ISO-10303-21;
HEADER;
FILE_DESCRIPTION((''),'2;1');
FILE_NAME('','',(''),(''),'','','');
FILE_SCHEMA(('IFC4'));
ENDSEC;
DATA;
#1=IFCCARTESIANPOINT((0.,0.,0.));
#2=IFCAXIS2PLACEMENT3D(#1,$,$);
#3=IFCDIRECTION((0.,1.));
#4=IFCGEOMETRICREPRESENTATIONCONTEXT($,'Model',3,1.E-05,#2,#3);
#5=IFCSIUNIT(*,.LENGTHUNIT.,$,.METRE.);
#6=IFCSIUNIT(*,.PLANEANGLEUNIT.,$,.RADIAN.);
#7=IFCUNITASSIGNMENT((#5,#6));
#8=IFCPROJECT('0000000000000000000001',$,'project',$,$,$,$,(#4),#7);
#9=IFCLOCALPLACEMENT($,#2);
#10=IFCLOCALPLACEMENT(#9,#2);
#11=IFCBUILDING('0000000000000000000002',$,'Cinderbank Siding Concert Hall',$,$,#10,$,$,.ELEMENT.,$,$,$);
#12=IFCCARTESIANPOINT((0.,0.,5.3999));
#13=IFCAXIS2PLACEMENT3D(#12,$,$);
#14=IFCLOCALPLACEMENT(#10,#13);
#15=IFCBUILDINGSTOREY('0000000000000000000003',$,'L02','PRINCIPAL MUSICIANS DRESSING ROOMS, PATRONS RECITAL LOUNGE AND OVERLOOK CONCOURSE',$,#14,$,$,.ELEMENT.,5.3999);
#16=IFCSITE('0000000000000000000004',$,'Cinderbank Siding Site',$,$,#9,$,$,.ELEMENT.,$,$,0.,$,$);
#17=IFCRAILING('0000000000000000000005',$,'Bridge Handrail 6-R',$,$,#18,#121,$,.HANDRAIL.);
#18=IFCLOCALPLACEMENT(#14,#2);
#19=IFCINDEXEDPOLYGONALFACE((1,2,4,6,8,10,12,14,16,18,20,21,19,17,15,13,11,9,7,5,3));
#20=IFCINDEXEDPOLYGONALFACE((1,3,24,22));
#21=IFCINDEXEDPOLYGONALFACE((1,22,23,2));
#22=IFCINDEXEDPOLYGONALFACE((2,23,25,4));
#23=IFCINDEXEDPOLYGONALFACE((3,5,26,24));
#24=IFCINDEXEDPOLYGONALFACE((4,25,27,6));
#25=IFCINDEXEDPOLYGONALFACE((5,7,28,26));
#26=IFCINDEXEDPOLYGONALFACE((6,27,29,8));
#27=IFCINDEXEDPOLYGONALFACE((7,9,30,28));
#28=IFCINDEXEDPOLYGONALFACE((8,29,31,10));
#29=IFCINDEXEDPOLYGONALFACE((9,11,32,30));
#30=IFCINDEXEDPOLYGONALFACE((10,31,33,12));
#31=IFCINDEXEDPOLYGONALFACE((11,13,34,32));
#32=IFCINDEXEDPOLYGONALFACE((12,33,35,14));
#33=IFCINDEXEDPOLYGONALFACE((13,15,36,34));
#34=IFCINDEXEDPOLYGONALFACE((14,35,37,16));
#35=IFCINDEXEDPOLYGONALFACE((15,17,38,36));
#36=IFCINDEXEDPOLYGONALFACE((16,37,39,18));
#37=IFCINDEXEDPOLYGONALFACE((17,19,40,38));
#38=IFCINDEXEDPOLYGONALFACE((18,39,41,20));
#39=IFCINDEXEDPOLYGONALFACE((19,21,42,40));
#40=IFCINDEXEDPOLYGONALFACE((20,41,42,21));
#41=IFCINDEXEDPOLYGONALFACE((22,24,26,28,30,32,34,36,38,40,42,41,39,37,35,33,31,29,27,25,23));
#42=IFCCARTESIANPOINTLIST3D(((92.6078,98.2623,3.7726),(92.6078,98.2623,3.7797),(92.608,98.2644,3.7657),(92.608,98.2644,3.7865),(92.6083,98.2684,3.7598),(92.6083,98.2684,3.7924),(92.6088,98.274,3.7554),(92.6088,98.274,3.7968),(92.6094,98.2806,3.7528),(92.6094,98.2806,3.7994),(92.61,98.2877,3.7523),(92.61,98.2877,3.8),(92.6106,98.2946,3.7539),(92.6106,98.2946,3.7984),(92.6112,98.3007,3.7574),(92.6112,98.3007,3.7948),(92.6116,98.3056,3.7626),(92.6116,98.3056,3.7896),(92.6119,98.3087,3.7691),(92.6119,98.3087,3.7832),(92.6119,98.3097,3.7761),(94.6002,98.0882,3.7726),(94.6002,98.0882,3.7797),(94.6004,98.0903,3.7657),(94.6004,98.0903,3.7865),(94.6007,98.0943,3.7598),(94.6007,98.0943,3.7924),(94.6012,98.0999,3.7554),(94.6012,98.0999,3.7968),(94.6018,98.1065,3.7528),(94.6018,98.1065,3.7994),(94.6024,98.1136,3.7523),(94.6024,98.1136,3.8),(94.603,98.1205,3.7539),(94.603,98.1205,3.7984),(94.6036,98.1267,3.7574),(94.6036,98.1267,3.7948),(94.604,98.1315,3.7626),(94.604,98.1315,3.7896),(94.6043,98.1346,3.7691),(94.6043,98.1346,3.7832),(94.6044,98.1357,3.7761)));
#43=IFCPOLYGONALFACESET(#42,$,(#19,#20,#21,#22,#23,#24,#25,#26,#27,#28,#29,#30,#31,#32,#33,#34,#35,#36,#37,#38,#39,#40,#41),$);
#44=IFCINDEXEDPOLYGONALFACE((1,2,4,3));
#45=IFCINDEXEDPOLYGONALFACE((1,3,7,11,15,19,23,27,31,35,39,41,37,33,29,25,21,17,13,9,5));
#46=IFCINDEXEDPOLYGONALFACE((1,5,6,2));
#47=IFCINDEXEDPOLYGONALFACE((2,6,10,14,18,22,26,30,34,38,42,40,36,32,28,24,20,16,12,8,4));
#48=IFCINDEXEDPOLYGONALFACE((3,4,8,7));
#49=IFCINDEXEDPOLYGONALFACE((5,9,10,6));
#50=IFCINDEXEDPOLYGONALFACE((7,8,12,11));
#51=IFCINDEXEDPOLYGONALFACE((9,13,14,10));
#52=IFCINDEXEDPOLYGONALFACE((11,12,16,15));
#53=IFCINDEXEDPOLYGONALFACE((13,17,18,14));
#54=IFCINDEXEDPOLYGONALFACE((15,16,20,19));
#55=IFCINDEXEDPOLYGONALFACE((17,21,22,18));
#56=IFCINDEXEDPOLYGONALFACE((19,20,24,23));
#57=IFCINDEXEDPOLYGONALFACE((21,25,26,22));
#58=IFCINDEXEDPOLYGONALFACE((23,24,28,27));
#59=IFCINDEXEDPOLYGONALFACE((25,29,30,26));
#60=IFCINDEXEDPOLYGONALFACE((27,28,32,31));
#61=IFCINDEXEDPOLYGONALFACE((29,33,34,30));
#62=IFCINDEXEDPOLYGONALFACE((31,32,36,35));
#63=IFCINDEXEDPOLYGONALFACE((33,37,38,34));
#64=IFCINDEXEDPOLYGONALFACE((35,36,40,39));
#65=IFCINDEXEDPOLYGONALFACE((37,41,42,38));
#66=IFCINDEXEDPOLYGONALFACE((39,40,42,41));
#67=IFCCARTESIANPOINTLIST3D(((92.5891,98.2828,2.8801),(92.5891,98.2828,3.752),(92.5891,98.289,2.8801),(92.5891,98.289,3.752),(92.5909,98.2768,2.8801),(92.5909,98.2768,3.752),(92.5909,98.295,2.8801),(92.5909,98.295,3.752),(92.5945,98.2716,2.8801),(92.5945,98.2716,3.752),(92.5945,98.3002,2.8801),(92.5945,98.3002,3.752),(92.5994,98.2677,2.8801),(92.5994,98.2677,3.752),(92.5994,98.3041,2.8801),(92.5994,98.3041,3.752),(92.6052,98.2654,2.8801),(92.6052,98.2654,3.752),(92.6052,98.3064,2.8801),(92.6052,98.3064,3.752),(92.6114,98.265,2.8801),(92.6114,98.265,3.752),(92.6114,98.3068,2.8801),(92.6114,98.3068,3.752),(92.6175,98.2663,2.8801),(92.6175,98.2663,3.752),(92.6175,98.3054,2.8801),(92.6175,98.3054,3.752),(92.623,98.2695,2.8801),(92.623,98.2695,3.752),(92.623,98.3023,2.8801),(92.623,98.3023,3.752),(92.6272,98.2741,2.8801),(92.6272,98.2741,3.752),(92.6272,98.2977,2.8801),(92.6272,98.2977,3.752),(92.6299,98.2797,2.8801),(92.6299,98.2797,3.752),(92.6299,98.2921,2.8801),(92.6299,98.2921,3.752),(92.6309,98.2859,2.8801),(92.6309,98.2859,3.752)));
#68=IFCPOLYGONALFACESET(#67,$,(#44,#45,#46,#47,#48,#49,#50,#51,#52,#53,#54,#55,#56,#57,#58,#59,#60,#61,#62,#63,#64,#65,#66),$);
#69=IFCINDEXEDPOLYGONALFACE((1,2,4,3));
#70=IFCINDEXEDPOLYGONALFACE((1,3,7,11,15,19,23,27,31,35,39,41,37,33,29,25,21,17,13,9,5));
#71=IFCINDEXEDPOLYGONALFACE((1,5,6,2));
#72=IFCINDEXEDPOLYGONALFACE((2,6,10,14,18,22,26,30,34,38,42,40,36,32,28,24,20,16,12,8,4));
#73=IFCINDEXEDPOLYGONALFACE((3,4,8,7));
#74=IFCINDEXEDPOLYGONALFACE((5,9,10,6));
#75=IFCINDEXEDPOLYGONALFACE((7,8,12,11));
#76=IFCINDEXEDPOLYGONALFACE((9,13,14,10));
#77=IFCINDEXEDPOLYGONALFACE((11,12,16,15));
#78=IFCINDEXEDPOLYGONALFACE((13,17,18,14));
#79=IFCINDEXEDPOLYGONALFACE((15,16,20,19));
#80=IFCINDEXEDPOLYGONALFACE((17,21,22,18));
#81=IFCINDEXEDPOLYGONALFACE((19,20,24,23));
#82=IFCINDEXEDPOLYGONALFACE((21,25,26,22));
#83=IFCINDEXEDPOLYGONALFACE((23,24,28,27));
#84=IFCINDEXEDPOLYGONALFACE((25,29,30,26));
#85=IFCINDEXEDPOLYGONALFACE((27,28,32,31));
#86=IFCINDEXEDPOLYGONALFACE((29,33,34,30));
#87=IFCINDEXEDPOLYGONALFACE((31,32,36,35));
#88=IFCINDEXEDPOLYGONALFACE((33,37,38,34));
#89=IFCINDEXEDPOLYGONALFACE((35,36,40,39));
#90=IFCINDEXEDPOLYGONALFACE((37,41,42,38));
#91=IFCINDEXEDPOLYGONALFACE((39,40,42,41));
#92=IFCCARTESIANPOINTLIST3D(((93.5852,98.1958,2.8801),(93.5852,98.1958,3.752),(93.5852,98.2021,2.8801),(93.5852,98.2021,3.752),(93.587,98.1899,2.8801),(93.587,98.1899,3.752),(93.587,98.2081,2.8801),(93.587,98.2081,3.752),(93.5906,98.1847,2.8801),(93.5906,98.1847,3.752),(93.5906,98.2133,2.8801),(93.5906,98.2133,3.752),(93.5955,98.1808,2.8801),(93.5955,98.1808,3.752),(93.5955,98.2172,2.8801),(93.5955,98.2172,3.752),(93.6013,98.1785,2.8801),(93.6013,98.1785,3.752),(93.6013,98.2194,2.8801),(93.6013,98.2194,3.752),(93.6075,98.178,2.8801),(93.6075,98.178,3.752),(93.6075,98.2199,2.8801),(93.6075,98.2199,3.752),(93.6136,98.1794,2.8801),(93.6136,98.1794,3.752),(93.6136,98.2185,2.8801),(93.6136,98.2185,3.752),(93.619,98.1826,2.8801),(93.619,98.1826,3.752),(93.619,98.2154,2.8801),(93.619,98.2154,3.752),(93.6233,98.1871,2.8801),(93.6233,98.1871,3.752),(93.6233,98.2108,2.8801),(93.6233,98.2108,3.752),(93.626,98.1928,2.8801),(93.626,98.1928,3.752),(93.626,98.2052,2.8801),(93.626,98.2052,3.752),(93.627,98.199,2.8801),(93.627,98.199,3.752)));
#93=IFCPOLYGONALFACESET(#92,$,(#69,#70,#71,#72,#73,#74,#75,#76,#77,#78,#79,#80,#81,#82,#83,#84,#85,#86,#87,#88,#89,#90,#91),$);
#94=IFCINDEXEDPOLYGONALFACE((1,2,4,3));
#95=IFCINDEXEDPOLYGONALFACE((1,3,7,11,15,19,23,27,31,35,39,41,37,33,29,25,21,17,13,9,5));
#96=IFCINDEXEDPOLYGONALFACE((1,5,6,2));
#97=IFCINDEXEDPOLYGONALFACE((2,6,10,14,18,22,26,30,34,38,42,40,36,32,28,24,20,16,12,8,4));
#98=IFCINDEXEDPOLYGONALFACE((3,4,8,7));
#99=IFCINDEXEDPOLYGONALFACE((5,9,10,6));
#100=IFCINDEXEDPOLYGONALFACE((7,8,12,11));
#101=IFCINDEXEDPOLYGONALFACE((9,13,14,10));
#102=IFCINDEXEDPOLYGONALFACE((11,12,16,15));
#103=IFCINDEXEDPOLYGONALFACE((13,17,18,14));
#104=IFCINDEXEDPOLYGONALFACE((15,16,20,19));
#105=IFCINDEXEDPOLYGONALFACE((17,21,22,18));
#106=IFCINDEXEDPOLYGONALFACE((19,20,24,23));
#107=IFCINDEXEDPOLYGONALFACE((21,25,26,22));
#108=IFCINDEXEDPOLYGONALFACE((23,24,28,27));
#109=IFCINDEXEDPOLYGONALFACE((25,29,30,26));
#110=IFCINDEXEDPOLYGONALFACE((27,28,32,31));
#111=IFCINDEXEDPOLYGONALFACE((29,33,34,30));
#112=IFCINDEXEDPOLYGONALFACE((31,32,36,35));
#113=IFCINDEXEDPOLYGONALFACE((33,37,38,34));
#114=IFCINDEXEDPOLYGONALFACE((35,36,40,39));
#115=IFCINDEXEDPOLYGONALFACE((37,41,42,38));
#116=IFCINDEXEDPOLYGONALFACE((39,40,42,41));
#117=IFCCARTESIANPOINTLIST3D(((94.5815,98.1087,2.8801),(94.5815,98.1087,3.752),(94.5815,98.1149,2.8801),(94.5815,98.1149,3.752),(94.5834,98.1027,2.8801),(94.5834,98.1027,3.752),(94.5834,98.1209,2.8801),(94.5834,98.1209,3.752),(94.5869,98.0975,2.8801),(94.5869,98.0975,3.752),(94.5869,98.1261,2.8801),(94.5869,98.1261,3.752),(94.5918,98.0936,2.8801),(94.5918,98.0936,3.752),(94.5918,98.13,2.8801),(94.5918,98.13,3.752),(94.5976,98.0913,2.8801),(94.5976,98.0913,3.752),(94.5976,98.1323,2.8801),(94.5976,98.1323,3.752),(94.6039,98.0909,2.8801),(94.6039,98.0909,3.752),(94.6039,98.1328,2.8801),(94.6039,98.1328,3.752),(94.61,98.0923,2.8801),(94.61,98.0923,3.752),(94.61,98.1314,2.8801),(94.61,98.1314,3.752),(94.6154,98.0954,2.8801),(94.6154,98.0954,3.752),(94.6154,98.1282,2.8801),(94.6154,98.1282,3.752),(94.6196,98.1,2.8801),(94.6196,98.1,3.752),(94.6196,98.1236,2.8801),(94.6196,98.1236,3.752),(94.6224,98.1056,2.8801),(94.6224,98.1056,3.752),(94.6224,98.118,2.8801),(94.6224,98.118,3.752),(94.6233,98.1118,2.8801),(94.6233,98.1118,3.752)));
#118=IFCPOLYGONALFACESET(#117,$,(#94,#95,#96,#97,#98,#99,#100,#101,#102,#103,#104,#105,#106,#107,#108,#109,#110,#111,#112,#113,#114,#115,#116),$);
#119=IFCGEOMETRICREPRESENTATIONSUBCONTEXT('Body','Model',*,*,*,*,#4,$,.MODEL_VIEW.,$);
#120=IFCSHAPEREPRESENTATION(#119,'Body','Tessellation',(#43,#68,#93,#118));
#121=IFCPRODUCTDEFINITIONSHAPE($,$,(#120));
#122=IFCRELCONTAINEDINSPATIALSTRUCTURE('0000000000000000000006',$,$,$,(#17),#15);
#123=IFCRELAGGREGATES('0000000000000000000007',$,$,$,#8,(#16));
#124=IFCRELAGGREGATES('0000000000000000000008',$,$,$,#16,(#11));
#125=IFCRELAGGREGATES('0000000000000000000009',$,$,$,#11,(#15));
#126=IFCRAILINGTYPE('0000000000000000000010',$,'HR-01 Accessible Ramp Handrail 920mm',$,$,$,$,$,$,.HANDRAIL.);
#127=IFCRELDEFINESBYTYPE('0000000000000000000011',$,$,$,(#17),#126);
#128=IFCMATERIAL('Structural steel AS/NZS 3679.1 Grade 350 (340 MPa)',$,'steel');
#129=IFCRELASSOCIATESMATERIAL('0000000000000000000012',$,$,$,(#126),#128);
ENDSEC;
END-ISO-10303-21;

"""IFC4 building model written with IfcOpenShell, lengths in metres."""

from ifc_helpers import new_model, si_unit, direction, frame, origin, origin_2d, place, context, subcontext, project, spatial, circle, extrude, material, type_object, element, save


model = new_model("IFC4")

# Units and contexts
model_context = context("Model", 3, precision=1e-05, world=origin(), true_north=direction((0.0, 1.0)))
body_context = subcontext(model_context, "Body", "Model", "MODEL_VIEW")
ifc_project = project(units=[si_unit("LENGTHUNIT", "METRE"), si_unit("PLANEANGLEUNIT", "RADIAN")], contexts=[model_context])

# Site, building, storey
site_placement = place(None, origin())
site = spatial("IfcSite", under=ifc_project, at=site_placement, Name="Cinderbank Siding Site", CompositionType="ELEMENT", RefElevation=0.0)
building_placement = place(site_placement, origin())
building = spatial("IfcBuilding", under=site, at=building_placement, Name="Cinderbank Siding Concert Hall", CompositionType="ELEMENT")
storey_placement = place(building_placement, frame((0.0, 0.0, 5.3999)))
storey = spatial("IfcBuildingStorey", under=building, at=storey_placement, Name="L02", Description="PRINCIPAL MUSICIANS DRESSING ROOMS, PATRONS RECITAL LOUNGE AND OVERLOOK CONCOURSE", CompositionType="ELEMENT", Elevation=5.3999)

# Shared definitions
ifc_material_1 = material(Name="Structural steel AS/NZS 3679.1 Grade 350 (340 MPa)", Category="steel")

# Railing
railing_type_1 = type_object("IfcRailingType", Name="HR-01 Accessible Ramp Handrail 920mm", PredefinedType="HANDRAIL", material=ifc_material_1)
railing_1_placement = place(storey_placement, frame((92.6099, 98.2859, 2.8801)))
element("IfcRailing", 1, at=railing_1_placement, inside=storey, type_object=railing_type_1, Name="Bridge Handrail 6-R", PredefinedType="HANDRAIL", context=body_context, shape_type="SweptSolid", body=[
    extrude(circle(Radius=0.0239, at=origin_2d()), frame((0.0, 0.0, 0.896), z_axis=(0.996205, -0.087035, 0.0), x_axis=(0.087035, 0.996205, 0.0)), (0.0, 0.0, 1.0), 2.0),
    extrude(circle(Radius=0.021, at=origin_2d()), origin(), (0.0, 0.0, 1.0), 0.8718),
    extrude(circle(Radius=0.021, at=origin_2d()), frame((0.9961, -0.0869, 0.0)), (0.0, 0.0, 1.0), 0.8718),
    extrude(circle(Radius=0.021, at=origin_2d()), frame((1.9924, -0.1741, 0.0)), (0.0, 0.0, 1.0), 0.8718),
])

save(model, "model.ifc")
